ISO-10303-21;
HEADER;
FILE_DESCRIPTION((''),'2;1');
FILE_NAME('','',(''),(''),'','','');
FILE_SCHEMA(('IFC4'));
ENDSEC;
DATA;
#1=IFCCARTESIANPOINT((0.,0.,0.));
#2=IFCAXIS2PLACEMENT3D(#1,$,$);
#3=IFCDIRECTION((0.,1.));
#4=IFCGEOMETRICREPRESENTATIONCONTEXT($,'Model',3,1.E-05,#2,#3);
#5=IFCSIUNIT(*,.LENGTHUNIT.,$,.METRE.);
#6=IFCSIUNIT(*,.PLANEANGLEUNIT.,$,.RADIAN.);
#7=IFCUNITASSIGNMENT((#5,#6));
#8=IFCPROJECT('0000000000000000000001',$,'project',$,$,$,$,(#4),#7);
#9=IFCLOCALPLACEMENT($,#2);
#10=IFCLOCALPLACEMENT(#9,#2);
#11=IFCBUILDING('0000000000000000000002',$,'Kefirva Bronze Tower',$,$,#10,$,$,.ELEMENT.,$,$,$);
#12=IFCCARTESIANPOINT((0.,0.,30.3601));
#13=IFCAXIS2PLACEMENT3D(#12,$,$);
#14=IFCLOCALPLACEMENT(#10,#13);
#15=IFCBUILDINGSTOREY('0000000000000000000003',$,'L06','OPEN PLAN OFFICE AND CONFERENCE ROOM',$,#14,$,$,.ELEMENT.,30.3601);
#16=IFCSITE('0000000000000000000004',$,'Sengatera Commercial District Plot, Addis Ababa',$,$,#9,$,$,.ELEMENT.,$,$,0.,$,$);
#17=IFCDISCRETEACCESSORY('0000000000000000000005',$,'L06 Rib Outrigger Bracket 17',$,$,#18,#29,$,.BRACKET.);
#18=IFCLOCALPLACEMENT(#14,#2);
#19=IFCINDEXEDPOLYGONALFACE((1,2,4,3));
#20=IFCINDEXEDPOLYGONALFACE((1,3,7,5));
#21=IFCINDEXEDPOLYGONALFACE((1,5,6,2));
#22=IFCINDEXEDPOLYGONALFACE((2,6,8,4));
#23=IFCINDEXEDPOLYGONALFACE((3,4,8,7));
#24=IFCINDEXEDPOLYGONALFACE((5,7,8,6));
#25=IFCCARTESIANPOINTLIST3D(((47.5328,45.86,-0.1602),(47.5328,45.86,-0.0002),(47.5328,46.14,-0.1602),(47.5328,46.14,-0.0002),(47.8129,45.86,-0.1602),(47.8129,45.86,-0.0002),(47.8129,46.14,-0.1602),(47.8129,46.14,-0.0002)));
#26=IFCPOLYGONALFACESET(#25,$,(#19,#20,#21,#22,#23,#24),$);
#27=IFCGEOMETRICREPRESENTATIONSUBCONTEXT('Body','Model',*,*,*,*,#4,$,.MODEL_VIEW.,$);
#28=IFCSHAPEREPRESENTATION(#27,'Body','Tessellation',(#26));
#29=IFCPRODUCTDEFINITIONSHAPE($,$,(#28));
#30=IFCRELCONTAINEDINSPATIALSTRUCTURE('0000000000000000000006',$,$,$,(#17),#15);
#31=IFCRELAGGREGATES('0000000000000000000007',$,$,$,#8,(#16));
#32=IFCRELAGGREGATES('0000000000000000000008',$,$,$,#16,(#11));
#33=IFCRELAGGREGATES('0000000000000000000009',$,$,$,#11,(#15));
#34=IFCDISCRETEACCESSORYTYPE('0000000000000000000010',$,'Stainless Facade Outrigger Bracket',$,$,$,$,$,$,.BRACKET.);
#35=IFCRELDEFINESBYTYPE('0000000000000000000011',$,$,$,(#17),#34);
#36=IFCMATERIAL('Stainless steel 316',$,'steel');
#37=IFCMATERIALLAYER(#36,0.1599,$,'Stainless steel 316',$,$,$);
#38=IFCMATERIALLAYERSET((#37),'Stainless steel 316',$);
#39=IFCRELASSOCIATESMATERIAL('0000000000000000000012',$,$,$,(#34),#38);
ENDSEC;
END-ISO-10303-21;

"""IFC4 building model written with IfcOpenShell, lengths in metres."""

from ifc_helpers import new_model, si_unit, direction, frame, origin, origin_2d, place, context, subcontext, project, spatial, rectangle, extrude, material, layer, layer_set, type_object, element, save


model = new_model("IFC4")

# Units and contexts
model_context = context("Model", 3, precision=1e-05, world=origin(), true_north=direction((0.0, 1.0)))
body_context = subcontext(model_context, "Body", "Model", "MODEL_VIEW")
ifc_project = project(units=[si_unit("LENGTHUNIT", "METRE"), si_unit("PLANEANGLEUNIT", "RADIAN")], contexts=[model_context])

# Site, building, storey
site_placement = place(None, origin())
site = spatial("IfcSite", under=ifc_project, at=site_placement, Name="Sengatera Commercial District Plot, Addis Ababa", CompositionType="ELEMENT", RefElevation=0.0)
building_placement = place(site_placement, origin())
building = spatial("IfcBuilding", under=site, at=building_placement, Name="Kefirva Bronze Tower", CompositionType="ELEMENT")
storey_placement = place(building_placement, frame((0.0, 0.0, 30.3601)))
storey = spatial("IfcBuildingStorey", under=building, at=storey_placement, Name="L06", Description="OPEN PLAN OFFICE AND CONFERENCE ROOM", CompositionType="ELEMENT", Elevation=30.3601)

# Discrete accessory
ifc_material_1 = material(Name="Stainless steel 316", Category="steel")
ifc_layer_1 = layer(ifc_material_1, 0.1599, Name="Stainless steel 316")
ifc_layer_set_1 = layer_set([ifc_layer_1], Name="Stainless steel 316")
discrete_accessory_type = type_object("IfcDiscreteAccessoryType", Name="Stainless Facade Outrigger Bracket", PredefinedType="BRACKET", material=ifc_layer_set_1)
discrete_accessory_1_placement = place(storey_placement, frame((47.6729, 46.0, -0.1602), z_axis=(0.0, 0.0, 1.0), x_axis=(-1.0, 0.0, 0.0)))
element("IfcDiscreteAccessory", 1, at=discrete_accessory_1_placement, inside=storey, type_object=discrete_accessory_type, Name="L06 Rib Outrigger Bracket 17", PredefinedType="BRACKET", context=body_context, shape_type="SweptSolid", body=[
    extrude(rectangle(XDim=0.28, YDim=0.28, at=origin_2d()), origin(), (0.0, 0.0, 1.0), 0.1599),
])

save(model, "model.ifc")
